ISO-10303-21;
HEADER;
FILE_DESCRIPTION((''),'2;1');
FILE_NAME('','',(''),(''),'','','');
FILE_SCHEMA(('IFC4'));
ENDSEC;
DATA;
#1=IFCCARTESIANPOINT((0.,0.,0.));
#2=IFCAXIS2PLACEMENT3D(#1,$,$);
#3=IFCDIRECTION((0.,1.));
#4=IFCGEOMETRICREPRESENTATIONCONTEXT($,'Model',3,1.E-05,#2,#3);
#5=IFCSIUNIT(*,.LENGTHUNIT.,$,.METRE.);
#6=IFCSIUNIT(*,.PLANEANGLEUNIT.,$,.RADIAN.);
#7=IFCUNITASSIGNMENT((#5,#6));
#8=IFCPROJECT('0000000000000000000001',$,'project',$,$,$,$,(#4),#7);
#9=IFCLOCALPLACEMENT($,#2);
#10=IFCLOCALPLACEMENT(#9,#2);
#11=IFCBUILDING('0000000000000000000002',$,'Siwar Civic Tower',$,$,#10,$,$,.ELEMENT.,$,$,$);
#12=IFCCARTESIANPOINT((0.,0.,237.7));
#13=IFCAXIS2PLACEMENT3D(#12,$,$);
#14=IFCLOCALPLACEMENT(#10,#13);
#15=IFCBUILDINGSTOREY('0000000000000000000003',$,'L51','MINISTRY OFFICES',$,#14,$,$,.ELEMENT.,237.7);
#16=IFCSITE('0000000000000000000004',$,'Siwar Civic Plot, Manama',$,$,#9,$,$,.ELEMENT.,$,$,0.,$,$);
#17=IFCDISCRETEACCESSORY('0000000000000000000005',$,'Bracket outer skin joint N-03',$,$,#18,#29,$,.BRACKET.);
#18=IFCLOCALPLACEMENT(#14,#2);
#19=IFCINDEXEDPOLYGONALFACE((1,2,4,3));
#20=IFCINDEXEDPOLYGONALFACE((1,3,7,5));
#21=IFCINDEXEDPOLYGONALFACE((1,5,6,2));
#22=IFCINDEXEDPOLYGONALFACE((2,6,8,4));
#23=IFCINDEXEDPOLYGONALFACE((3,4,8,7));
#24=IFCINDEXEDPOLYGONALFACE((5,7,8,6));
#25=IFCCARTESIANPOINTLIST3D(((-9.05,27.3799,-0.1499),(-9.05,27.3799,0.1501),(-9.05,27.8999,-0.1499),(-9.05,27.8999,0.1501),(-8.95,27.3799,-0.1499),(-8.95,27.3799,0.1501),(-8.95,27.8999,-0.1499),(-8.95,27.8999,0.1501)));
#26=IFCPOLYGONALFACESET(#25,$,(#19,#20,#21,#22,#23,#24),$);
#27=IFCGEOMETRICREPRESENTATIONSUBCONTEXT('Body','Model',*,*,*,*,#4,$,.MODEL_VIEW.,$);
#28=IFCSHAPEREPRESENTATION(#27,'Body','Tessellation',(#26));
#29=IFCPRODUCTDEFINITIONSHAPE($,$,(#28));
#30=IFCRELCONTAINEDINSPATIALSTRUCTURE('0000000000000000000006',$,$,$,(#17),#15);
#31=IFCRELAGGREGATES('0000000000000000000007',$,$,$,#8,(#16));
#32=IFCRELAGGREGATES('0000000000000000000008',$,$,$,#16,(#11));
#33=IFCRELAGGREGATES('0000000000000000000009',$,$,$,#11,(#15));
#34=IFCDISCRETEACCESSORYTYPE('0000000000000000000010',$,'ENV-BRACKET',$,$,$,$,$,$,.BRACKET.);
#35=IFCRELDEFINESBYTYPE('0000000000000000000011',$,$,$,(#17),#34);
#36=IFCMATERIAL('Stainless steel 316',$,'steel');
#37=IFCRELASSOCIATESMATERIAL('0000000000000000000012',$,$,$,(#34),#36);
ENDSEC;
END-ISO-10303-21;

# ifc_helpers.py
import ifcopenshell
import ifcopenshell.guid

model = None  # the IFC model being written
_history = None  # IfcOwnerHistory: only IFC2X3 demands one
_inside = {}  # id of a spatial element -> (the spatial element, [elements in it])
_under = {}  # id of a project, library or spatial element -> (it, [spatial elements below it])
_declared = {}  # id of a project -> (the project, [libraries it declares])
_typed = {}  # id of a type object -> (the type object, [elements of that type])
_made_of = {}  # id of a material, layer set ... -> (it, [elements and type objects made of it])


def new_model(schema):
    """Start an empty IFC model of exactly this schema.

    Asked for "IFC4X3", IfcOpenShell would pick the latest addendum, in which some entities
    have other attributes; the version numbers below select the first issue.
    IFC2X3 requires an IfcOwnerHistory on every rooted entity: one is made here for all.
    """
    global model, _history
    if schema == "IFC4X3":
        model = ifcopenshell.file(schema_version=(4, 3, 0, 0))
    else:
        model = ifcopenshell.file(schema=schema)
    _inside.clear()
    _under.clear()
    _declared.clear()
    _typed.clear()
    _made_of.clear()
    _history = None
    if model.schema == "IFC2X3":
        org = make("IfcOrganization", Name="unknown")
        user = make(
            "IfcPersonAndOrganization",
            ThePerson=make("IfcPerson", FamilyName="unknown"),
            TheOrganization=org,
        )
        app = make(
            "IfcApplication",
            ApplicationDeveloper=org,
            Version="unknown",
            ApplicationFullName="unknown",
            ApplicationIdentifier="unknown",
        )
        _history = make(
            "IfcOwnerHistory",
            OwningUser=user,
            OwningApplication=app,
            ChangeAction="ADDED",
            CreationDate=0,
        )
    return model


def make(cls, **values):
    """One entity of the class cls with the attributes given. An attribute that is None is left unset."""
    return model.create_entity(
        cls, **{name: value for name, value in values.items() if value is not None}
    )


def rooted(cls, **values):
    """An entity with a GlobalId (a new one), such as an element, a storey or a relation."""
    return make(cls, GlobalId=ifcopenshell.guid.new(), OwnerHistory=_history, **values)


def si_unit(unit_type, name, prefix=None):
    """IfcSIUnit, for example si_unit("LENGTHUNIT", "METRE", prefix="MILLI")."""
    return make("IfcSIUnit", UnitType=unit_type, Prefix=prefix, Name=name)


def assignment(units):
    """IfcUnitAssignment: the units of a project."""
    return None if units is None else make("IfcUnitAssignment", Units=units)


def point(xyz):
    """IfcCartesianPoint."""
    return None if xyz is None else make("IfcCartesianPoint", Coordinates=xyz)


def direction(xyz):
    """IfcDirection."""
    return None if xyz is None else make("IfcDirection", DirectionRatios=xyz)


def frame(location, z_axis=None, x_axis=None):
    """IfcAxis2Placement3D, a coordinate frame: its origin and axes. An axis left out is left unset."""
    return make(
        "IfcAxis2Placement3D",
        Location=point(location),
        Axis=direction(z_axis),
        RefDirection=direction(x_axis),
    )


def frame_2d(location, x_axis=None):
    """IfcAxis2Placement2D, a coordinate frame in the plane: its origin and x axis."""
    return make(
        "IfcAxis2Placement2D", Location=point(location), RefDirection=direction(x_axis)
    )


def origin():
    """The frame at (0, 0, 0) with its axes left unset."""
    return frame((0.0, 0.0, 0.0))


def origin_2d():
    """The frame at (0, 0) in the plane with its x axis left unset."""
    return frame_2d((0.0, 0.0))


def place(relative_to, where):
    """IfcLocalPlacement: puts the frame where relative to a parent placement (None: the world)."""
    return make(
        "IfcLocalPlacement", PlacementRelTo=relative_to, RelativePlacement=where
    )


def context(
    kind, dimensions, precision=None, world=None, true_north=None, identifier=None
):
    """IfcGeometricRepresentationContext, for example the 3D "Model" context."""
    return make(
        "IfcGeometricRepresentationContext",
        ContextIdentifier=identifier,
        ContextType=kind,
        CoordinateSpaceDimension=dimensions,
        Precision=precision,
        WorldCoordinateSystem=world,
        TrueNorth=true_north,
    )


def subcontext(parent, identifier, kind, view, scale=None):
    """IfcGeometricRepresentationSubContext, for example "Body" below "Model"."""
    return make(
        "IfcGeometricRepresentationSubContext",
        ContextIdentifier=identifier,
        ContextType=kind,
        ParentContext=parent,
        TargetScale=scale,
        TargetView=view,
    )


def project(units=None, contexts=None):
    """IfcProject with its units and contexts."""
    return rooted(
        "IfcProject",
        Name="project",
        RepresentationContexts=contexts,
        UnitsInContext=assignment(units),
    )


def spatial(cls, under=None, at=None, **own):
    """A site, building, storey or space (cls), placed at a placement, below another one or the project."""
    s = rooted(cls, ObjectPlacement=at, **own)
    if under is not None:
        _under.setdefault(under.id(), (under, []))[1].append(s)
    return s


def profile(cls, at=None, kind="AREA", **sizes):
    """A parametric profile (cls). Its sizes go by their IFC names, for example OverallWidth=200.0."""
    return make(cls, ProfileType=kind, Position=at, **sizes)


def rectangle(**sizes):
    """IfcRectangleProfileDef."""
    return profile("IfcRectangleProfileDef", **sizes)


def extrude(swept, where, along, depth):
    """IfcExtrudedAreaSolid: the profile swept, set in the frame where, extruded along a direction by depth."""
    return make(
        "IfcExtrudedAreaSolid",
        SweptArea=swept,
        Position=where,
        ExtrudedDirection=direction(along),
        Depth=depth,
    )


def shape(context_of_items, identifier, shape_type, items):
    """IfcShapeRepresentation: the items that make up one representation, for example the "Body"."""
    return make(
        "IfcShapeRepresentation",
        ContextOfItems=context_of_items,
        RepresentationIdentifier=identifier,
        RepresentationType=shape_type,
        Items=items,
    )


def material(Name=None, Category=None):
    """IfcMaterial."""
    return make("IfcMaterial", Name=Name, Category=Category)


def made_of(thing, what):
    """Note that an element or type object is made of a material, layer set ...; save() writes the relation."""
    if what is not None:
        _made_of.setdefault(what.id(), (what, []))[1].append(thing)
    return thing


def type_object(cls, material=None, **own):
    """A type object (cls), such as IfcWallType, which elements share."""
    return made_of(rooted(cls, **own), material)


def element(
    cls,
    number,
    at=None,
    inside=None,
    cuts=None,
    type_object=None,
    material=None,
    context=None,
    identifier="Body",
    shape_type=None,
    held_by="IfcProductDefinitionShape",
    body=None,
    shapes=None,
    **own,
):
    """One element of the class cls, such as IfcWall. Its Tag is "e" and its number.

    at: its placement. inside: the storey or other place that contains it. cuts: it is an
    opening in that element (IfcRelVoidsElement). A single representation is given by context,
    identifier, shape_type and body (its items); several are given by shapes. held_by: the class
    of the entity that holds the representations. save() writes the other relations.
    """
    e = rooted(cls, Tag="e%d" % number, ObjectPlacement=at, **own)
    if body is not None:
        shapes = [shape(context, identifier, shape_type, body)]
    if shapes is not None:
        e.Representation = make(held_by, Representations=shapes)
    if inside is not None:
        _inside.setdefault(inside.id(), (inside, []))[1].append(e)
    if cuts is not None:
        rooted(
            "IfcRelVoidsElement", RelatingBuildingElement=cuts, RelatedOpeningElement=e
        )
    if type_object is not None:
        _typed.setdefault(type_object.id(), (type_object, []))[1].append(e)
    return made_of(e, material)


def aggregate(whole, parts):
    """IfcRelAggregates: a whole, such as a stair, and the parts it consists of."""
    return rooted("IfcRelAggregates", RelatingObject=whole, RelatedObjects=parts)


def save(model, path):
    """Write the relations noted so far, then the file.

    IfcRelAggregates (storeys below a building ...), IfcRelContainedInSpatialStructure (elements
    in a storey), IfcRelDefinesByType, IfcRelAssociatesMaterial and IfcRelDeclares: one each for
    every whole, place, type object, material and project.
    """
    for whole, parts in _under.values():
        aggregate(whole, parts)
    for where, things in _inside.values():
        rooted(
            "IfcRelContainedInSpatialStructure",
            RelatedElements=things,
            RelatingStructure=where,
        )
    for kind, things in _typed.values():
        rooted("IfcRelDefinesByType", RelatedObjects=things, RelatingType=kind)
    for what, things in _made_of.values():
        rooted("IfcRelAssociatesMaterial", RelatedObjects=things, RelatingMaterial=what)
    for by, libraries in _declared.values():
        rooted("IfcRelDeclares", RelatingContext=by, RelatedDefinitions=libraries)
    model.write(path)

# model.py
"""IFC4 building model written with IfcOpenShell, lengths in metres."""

from ifc_helpers import new_model, si_unit, direction, frame, origin, origin_2d, place, context, subcontext, project, spatial, rectangle, extrude, material, type_object, element, save


model = new_model("IFC4")

# Units and contexts
model_context = context("Model", 3, precision=1e-05, world=origin(), true_north=direction((0.0, 1.0)))
body_context = subcontext(model_context, "Body", "Model", "MODEL_VIEW")
ifc_project = project(units=[si_unit("LENGTHUNIT", "METRE"), si_unit("PLANEANGLEUNIT", "RADIAN")], contexts=[model_context])

# Site, building, storey
site_placement = place(None, origin())
site = spatial("IfcSite", under=ifc_project, at=site_placement, Name="Siwar Civic Plot, Manama", CompositionType="ELEMENT", RefElevation=0.0)
building_placement = place(site_placement, origin())
building = spatial("IfcBuilding", under=site, at=building_placement, Name="Siwar Civic Tower", CompositionType="ELEMENT")
storey_placement = place(building_placement, frame((0.0, 0.0, 237.7)))
storey = spatial("IfcBuildingStorey", under=building, at=storey_placement, Name="L51", Description="MINISTRY OFFICES", CompositionType="ELEMENT", Elevation=237.7)

# Discrete accessory
ifc_material_1 = material(Name="Stainless steel 316", Category="steel")
discrete_accessory_type = type_object("IfcDiscreteAccessoryType", Name="ENV-BRACKET", PredefinedType="BRACKET", material=ifc_material_1)
discrete_accessory_placement = place(storey_placement, frame((-9.0, 27.6399, -0.1499), z_axis=(0.0, 0.0, 1.0), x_axis=(0.0, 1.0, 0.0)))
element("IfcDiscreteAccessory", 1, at=discrete_accessory_placement, inside=storey, type_object=discrete_accessory_type, Name="Bracket outer skin joint N-03", PredefinedType="BRACKET", context=body_context, shape_type="SweptSolid", body=[
    extrude(rectangle(XDim=0.52, YDim=0.1001, at=origin_2d()), origin(), (0.0, 0.0, 1.0), 0.3),
])

save(model, "model.ifc")
